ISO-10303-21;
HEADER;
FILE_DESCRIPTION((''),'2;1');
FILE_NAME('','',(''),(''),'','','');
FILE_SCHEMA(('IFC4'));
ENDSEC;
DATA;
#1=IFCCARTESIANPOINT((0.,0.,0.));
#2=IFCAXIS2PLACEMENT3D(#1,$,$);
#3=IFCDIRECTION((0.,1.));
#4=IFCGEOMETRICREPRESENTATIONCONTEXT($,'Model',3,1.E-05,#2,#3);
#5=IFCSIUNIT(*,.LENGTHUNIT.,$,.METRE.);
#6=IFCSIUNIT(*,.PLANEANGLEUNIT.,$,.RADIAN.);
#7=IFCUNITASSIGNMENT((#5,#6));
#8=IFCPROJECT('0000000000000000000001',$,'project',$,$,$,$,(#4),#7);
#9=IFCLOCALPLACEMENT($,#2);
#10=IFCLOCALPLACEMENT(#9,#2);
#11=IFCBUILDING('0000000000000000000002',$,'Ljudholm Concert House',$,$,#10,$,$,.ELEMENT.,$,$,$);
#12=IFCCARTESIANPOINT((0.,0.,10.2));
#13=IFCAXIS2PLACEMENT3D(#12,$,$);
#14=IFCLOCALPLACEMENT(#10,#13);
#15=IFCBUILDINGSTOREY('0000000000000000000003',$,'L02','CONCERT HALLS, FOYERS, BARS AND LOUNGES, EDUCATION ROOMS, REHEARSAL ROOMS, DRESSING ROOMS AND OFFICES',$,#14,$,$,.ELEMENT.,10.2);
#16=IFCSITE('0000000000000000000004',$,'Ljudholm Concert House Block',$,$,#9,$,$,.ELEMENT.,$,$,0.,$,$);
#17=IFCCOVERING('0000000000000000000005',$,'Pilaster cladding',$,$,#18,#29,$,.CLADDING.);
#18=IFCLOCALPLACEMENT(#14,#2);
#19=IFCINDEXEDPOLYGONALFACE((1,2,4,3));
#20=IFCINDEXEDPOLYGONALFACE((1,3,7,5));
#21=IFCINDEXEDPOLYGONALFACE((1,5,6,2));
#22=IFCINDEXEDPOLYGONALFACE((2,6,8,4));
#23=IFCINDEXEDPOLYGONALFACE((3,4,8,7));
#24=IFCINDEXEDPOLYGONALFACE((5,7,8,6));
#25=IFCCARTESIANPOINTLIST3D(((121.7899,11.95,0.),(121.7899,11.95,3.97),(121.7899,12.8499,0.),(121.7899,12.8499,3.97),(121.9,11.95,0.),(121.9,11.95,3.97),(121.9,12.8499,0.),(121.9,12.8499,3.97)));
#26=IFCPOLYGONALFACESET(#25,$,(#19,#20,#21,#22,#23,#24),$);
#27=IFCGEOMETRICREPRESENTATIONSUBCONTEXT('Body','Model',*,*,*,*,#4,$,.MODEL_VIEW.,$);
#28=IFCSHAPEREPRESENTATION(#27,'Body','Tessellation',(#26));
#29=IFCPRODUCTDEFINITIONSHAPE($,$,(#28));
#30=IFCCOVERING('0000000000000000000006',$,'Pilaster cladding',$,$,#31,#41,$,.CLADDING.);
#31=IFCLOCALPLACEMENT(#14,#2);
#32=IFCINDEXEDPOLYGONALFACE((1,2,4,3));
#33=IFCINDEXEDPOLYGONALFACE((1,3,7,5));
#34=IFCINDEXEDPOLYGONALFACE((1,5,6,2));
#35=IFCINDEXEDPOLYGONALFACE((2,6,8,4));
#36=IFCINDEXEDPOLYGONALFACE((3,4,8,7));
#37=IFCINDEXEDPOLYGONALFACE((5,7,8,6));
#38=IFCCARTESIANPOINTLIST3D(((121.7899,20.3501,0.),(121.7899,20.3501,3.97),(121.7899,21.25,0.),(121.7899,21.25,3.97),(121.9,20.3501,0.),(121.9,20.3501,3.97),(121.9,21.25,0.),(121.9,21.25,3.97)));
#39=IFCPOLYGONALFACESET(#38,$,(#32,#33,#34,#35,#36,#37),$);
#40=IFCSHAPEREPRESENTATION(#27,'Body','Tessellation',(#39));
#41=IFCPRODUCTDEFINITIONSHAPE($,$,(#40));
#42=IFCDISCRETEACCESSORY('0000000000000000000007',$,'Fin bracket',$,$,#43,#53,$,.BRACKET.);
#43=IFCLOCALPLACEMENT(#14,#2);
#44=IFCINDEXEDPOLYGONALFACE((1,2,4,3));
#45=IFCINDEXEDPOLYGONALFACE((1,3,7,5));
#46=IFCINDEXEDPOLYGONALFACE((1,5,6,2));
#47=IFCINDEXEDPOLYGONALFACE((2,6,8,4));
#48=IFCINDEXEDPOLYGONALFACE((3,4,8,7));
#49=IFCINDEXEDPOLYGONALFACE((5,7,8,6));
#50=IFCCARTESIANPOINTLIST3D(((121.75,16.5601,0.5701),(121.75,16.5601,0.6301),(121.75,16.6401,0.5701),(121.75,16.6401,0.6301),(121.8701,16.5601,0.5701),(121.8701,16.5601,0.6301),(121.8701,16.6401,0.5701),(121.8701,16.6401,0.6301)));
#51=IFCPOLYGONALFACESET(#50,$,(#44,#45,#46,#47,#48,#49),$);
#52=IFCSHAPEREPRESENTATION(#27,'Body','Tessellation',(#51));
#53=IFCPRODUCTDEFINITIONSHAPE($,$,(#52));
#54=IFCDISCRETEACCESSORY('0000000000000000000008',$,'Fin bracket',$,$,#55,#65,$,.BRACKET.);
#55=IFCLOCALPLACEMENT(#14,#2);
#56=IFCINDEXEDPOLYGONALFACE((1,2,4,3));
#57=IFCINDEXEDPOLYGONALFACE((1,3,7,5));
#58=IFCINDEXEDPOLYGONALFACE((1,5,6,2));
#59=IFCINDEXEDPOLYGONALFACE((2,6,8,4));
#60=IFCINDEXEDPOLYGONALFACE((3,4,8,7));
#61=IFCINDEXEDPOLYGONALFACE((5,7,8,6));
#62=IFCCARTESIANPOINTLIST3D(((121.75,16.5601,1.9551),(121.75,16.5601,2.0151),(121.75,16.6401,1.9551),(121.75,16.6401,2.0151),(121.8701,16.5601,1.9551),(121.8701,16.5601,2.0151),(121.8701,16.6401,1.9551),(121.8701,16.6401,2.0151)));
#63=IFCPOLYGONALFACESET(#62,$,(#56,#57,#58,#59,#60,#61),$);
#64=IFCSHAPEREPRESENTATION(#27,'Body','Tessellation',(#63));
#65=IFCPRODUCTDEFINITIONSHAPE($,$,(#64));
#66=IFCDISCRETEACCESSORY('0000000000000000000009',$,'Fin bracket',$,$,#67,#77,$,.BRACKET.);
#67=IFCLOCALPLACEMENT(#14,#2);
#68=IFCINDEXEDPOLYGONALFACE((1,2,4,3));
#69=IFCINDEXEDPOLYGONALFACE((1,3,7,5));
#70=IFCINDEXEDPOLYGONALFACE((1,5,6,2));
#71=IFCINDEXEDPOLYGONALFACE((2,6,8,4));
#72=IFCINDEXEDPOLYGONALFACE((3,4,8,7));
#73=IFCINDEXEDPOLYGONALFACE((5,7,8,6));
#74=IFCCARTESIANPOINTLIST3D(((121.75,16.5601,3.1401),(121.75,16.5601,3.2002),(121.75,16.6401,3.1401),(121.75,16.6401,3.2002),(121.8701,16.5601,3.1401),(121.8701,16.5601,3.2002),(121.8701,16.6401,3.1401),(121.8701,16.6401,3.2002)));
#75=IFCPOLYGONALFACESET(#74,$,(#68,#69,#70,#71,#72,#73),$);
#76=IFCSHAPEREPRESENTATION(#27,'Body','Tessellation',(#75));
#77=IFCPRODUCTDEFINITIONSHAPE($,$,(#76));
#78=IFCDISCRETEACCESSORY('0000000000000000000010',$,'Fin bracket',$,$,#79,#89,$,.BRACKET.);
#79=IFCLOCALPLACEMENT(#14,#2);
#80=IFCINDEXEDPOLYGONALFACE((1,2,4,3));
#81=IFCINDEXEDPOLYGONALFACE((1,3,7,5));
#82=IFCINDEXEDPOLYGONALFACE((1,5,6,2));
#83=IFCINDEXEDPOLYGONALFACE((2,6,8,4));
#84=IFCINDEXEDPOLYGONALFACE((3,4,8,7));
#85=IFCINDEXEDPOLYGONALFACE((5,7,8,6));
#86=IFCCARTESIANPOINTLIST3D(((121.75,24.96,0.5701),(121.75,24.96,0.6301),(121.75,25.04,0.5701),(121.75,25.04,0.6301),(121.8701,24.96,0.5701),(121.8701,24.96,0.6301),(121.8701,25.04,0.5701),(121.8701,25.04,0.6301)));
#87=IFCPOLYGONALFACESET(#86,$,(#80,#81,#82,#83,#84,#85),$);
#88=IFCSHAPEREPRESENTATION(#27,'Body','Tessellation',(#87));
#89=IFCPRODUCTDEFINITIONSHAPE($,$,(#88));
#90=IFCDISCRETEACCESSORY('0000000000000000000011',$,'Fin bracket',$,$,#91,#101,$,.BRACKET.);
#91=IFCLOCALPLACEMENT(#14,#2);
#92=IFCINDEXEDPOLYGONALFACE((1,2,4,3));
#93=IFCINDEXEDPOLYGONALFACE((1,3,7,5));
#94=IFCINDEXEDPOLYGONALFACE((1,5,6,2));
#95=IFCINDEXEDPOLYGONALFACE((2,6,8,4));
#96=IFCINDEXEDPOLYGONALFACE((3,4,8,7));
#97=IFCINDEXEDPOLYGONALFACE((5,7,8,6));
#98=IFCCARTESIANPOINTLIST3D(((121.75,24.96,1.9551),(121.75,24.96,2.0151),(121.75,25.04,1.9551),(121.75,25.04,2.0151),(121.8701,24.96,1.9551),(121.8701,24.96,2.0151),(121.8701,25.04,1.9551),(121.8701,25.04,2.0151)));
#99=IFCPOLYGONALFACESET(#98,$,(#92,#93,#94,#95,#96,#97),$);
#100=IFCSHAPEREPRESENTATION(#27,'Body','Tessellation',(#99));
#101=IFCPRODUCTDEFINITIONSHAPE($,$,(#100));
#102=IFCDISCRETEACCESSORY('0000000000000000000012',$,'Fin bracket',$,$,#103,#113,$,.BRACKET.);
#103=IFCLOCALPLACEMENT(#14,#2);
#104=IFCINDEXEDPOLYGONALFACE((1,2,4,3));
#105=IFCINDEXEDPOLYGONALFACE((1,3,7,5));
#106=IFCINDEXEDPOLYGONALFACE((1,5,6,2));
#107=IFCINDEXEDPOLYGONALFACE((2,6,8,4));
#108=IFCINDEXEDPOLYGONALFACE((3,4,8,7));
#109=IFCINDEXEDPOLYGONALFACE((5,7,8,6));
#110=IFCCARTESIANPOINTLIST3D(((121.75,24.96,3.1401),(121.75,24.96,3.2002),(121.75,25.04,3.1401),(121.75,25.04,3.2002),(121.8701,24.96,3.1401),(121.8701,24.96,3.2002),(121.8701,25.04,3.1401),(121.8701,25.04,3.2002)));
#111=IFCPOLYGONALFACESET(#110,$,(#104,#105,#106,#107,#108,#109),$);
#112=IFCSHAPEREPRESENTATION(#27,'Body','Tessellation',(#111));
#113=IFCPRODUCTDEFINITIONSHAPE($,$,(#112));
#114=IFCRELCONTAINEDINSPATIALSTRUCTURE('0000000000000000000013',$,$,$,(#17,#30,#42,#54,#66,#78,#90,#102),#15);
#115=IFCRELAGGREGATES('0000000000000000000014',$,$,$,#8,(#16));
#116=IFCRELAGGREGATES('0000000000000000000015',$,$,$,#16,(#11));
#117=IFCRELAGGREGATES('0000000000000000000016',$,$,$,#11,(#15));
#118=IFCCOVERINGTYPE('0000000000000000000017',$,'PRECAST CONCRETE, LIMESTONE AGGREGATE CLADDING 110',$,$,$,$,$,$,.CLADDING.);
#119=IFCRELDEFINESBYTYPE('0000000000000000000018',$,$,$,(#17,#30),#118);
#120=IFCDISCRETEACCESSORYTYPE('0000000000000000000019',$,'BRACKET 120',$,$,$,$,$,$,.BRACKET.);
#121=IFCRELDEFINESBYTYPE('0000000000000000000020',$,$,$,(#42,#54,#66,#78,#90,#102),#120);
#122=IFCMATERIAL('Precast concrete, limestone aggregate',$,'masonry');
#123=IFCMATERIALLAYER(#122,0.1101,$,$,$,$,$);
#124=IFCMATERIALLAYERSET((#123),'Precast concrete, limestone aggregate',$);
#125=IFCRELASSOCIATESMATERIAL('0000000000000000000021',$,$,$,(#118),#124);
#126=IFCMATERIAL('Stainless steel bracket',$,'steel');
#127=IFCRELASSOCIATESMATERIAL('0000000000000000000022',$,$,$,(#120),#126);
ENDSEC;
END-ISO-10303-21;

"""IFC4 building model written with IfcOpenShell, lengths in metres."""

from ifc_helpers import new_model, si_unit, direction, frame, origin, origin_2d, place, context, subcontext, project, spatial, rectangle, extrude, material, layer, layer_set, type_object, element, save


model = new_model("IFC4")

# Units and contexts
model_context = context("Model", 3, precision=1e-05, world=origin(), true_north=direction((0.0, 1.0)))
body_context = subcontext(model_context, "Body", "Model", "MODEL_VIEW")
ifc_project = project(units=[si_unit("LENGTHUNIT", "METRE"), si_unit("PLANEANGLEUNIT", "RADIAN")], contexts=[model_context])

# Site, building, storey
site_placement = place(None, origin())
site = spatial("IfcSite", under=ifc_project, at=site_placement, Name="Ljudholm Concert House Block", CompositionType="ELEMENT", RefElevation=0.0)
building_placement = place(site_placement, origin())
building = spatial("IfcBuilding", under=site, at=building_placement, Name="Ljudholm Concert House", CompositionType="ELEMENT")
storey_placement = place(building_placement, frame((0.0, 0.0, 10.2)))
storey = spatial("IfcBuildingStorey", under=building, at=storey_placement, Name="L02", Description="CONCERT HALLS, FOYERS, BARS AND LOUNGES, EDUCATION ROOMS, REHEARSAL ROOMS, DRESSING ROOMS AND OFFICES", CompositionType="ELEMENT", Elevation=10.2)

# Coverings
ifc_material_1 = material(Name="Precast concrete, limestone aggregate", Category="masonry")
ifc_layer_1 = layer(ifc_material_1, 0.1101)
ifc_layer_set_1 = layer_set([ifc_layer_1], Name="Precast concrete, limestone aggregate")
covering_type = type_object("IfcCoveringType", Name="PRECAST CONCRETE, LIMESTONE AGGREGATE CLADDING 110", PredefinedType="CLADDING", material=ifc_layer_set_1)
for number, where, z_axis, x_axis, name in (
    (1, (121.845, 12.3999, 0.0), (0.0, 0.0, 1.0), (1.0, 0.0, 0.0), "Pilaster cladding"),
    (2, (121.845, 20.8, 0.0), (0.0, 0.0, 1.0), (1.0, 0.0, 0.0), "Pilaster cladding"),
):
    element("IfcCovering", number, at=place(storey_placement, frame(where, z_axis=z_axis, x_axis=x_axis)), inside=storey, type_object=covering_type, Name=name, PredefinedType="CLADDING", context=body_context, shape_type="SweptSolid", body=[
        extrude(rectangle(XDim=0.1101, YDim=0.8999, at=origin_2d()), origin(), (0.0, 0.0, 1.0), 3.97),
    ])

# Discrete accessories
ifc_material_2 = material(Name="Stainless steel bracket", Category="steel")
discrete_accessory_type = type_object("IfcDiscreteAccessoryType", Name="BRACKET 120", PredefinedType="BRACKET", material=ifc_material_2)
for number, where, z_axis, x_axis, name in (
    (3, (121.8101, 16.6001, 0.5701), (0.0, 0.0, 1.0), (1.0, 0.0, 0.0), "Fin bracket"),
    (4, (121.8101, 16.6001, 1.9551), (0.0, 0.0, 1.0), (1.0, 0.0, 0.0), "Fin bracket"),
    (5, (121.8101, 16.6001, 3.1401), (0.0, 0.0, 1.0), (1.0, 0.0, 0.0), "Fin bracket"),
    (6, (121.8101, 25.0, 0.5701), (0.0, 0.0, 1.0), (1.0, 0.0, 0.0), "Fin bracket"),
    (7, (121.8101, 25.0, 1.9551), (0.0, 0.0, 1.0), (1.0, 0.0, 0.0), "Fin bracket"),
    (8, (121.8101, 25.0, 3.1401), (0.0, 0.0, 1.0), (1.0, 0.0, 0.0), "Fin bracket"),
):
    element("IfcDiscreteAccessory", number, at=place(storey_placement, frame(where, z_axis=z_axis, x_axis=x_axis)), inside=storey, type_object=discrete_accessory_type, Name=name, PredefinedType="BRACKET", context=body_context, shape_type="SweptSolid", body=[
        extrude(rectangle(XDim=0.1201, YDim=0.0801, at=origin_2d()), origin(), (0.0, 0.0, 1.0), 0.0601),
    ])

save(model, "model.ifc")
